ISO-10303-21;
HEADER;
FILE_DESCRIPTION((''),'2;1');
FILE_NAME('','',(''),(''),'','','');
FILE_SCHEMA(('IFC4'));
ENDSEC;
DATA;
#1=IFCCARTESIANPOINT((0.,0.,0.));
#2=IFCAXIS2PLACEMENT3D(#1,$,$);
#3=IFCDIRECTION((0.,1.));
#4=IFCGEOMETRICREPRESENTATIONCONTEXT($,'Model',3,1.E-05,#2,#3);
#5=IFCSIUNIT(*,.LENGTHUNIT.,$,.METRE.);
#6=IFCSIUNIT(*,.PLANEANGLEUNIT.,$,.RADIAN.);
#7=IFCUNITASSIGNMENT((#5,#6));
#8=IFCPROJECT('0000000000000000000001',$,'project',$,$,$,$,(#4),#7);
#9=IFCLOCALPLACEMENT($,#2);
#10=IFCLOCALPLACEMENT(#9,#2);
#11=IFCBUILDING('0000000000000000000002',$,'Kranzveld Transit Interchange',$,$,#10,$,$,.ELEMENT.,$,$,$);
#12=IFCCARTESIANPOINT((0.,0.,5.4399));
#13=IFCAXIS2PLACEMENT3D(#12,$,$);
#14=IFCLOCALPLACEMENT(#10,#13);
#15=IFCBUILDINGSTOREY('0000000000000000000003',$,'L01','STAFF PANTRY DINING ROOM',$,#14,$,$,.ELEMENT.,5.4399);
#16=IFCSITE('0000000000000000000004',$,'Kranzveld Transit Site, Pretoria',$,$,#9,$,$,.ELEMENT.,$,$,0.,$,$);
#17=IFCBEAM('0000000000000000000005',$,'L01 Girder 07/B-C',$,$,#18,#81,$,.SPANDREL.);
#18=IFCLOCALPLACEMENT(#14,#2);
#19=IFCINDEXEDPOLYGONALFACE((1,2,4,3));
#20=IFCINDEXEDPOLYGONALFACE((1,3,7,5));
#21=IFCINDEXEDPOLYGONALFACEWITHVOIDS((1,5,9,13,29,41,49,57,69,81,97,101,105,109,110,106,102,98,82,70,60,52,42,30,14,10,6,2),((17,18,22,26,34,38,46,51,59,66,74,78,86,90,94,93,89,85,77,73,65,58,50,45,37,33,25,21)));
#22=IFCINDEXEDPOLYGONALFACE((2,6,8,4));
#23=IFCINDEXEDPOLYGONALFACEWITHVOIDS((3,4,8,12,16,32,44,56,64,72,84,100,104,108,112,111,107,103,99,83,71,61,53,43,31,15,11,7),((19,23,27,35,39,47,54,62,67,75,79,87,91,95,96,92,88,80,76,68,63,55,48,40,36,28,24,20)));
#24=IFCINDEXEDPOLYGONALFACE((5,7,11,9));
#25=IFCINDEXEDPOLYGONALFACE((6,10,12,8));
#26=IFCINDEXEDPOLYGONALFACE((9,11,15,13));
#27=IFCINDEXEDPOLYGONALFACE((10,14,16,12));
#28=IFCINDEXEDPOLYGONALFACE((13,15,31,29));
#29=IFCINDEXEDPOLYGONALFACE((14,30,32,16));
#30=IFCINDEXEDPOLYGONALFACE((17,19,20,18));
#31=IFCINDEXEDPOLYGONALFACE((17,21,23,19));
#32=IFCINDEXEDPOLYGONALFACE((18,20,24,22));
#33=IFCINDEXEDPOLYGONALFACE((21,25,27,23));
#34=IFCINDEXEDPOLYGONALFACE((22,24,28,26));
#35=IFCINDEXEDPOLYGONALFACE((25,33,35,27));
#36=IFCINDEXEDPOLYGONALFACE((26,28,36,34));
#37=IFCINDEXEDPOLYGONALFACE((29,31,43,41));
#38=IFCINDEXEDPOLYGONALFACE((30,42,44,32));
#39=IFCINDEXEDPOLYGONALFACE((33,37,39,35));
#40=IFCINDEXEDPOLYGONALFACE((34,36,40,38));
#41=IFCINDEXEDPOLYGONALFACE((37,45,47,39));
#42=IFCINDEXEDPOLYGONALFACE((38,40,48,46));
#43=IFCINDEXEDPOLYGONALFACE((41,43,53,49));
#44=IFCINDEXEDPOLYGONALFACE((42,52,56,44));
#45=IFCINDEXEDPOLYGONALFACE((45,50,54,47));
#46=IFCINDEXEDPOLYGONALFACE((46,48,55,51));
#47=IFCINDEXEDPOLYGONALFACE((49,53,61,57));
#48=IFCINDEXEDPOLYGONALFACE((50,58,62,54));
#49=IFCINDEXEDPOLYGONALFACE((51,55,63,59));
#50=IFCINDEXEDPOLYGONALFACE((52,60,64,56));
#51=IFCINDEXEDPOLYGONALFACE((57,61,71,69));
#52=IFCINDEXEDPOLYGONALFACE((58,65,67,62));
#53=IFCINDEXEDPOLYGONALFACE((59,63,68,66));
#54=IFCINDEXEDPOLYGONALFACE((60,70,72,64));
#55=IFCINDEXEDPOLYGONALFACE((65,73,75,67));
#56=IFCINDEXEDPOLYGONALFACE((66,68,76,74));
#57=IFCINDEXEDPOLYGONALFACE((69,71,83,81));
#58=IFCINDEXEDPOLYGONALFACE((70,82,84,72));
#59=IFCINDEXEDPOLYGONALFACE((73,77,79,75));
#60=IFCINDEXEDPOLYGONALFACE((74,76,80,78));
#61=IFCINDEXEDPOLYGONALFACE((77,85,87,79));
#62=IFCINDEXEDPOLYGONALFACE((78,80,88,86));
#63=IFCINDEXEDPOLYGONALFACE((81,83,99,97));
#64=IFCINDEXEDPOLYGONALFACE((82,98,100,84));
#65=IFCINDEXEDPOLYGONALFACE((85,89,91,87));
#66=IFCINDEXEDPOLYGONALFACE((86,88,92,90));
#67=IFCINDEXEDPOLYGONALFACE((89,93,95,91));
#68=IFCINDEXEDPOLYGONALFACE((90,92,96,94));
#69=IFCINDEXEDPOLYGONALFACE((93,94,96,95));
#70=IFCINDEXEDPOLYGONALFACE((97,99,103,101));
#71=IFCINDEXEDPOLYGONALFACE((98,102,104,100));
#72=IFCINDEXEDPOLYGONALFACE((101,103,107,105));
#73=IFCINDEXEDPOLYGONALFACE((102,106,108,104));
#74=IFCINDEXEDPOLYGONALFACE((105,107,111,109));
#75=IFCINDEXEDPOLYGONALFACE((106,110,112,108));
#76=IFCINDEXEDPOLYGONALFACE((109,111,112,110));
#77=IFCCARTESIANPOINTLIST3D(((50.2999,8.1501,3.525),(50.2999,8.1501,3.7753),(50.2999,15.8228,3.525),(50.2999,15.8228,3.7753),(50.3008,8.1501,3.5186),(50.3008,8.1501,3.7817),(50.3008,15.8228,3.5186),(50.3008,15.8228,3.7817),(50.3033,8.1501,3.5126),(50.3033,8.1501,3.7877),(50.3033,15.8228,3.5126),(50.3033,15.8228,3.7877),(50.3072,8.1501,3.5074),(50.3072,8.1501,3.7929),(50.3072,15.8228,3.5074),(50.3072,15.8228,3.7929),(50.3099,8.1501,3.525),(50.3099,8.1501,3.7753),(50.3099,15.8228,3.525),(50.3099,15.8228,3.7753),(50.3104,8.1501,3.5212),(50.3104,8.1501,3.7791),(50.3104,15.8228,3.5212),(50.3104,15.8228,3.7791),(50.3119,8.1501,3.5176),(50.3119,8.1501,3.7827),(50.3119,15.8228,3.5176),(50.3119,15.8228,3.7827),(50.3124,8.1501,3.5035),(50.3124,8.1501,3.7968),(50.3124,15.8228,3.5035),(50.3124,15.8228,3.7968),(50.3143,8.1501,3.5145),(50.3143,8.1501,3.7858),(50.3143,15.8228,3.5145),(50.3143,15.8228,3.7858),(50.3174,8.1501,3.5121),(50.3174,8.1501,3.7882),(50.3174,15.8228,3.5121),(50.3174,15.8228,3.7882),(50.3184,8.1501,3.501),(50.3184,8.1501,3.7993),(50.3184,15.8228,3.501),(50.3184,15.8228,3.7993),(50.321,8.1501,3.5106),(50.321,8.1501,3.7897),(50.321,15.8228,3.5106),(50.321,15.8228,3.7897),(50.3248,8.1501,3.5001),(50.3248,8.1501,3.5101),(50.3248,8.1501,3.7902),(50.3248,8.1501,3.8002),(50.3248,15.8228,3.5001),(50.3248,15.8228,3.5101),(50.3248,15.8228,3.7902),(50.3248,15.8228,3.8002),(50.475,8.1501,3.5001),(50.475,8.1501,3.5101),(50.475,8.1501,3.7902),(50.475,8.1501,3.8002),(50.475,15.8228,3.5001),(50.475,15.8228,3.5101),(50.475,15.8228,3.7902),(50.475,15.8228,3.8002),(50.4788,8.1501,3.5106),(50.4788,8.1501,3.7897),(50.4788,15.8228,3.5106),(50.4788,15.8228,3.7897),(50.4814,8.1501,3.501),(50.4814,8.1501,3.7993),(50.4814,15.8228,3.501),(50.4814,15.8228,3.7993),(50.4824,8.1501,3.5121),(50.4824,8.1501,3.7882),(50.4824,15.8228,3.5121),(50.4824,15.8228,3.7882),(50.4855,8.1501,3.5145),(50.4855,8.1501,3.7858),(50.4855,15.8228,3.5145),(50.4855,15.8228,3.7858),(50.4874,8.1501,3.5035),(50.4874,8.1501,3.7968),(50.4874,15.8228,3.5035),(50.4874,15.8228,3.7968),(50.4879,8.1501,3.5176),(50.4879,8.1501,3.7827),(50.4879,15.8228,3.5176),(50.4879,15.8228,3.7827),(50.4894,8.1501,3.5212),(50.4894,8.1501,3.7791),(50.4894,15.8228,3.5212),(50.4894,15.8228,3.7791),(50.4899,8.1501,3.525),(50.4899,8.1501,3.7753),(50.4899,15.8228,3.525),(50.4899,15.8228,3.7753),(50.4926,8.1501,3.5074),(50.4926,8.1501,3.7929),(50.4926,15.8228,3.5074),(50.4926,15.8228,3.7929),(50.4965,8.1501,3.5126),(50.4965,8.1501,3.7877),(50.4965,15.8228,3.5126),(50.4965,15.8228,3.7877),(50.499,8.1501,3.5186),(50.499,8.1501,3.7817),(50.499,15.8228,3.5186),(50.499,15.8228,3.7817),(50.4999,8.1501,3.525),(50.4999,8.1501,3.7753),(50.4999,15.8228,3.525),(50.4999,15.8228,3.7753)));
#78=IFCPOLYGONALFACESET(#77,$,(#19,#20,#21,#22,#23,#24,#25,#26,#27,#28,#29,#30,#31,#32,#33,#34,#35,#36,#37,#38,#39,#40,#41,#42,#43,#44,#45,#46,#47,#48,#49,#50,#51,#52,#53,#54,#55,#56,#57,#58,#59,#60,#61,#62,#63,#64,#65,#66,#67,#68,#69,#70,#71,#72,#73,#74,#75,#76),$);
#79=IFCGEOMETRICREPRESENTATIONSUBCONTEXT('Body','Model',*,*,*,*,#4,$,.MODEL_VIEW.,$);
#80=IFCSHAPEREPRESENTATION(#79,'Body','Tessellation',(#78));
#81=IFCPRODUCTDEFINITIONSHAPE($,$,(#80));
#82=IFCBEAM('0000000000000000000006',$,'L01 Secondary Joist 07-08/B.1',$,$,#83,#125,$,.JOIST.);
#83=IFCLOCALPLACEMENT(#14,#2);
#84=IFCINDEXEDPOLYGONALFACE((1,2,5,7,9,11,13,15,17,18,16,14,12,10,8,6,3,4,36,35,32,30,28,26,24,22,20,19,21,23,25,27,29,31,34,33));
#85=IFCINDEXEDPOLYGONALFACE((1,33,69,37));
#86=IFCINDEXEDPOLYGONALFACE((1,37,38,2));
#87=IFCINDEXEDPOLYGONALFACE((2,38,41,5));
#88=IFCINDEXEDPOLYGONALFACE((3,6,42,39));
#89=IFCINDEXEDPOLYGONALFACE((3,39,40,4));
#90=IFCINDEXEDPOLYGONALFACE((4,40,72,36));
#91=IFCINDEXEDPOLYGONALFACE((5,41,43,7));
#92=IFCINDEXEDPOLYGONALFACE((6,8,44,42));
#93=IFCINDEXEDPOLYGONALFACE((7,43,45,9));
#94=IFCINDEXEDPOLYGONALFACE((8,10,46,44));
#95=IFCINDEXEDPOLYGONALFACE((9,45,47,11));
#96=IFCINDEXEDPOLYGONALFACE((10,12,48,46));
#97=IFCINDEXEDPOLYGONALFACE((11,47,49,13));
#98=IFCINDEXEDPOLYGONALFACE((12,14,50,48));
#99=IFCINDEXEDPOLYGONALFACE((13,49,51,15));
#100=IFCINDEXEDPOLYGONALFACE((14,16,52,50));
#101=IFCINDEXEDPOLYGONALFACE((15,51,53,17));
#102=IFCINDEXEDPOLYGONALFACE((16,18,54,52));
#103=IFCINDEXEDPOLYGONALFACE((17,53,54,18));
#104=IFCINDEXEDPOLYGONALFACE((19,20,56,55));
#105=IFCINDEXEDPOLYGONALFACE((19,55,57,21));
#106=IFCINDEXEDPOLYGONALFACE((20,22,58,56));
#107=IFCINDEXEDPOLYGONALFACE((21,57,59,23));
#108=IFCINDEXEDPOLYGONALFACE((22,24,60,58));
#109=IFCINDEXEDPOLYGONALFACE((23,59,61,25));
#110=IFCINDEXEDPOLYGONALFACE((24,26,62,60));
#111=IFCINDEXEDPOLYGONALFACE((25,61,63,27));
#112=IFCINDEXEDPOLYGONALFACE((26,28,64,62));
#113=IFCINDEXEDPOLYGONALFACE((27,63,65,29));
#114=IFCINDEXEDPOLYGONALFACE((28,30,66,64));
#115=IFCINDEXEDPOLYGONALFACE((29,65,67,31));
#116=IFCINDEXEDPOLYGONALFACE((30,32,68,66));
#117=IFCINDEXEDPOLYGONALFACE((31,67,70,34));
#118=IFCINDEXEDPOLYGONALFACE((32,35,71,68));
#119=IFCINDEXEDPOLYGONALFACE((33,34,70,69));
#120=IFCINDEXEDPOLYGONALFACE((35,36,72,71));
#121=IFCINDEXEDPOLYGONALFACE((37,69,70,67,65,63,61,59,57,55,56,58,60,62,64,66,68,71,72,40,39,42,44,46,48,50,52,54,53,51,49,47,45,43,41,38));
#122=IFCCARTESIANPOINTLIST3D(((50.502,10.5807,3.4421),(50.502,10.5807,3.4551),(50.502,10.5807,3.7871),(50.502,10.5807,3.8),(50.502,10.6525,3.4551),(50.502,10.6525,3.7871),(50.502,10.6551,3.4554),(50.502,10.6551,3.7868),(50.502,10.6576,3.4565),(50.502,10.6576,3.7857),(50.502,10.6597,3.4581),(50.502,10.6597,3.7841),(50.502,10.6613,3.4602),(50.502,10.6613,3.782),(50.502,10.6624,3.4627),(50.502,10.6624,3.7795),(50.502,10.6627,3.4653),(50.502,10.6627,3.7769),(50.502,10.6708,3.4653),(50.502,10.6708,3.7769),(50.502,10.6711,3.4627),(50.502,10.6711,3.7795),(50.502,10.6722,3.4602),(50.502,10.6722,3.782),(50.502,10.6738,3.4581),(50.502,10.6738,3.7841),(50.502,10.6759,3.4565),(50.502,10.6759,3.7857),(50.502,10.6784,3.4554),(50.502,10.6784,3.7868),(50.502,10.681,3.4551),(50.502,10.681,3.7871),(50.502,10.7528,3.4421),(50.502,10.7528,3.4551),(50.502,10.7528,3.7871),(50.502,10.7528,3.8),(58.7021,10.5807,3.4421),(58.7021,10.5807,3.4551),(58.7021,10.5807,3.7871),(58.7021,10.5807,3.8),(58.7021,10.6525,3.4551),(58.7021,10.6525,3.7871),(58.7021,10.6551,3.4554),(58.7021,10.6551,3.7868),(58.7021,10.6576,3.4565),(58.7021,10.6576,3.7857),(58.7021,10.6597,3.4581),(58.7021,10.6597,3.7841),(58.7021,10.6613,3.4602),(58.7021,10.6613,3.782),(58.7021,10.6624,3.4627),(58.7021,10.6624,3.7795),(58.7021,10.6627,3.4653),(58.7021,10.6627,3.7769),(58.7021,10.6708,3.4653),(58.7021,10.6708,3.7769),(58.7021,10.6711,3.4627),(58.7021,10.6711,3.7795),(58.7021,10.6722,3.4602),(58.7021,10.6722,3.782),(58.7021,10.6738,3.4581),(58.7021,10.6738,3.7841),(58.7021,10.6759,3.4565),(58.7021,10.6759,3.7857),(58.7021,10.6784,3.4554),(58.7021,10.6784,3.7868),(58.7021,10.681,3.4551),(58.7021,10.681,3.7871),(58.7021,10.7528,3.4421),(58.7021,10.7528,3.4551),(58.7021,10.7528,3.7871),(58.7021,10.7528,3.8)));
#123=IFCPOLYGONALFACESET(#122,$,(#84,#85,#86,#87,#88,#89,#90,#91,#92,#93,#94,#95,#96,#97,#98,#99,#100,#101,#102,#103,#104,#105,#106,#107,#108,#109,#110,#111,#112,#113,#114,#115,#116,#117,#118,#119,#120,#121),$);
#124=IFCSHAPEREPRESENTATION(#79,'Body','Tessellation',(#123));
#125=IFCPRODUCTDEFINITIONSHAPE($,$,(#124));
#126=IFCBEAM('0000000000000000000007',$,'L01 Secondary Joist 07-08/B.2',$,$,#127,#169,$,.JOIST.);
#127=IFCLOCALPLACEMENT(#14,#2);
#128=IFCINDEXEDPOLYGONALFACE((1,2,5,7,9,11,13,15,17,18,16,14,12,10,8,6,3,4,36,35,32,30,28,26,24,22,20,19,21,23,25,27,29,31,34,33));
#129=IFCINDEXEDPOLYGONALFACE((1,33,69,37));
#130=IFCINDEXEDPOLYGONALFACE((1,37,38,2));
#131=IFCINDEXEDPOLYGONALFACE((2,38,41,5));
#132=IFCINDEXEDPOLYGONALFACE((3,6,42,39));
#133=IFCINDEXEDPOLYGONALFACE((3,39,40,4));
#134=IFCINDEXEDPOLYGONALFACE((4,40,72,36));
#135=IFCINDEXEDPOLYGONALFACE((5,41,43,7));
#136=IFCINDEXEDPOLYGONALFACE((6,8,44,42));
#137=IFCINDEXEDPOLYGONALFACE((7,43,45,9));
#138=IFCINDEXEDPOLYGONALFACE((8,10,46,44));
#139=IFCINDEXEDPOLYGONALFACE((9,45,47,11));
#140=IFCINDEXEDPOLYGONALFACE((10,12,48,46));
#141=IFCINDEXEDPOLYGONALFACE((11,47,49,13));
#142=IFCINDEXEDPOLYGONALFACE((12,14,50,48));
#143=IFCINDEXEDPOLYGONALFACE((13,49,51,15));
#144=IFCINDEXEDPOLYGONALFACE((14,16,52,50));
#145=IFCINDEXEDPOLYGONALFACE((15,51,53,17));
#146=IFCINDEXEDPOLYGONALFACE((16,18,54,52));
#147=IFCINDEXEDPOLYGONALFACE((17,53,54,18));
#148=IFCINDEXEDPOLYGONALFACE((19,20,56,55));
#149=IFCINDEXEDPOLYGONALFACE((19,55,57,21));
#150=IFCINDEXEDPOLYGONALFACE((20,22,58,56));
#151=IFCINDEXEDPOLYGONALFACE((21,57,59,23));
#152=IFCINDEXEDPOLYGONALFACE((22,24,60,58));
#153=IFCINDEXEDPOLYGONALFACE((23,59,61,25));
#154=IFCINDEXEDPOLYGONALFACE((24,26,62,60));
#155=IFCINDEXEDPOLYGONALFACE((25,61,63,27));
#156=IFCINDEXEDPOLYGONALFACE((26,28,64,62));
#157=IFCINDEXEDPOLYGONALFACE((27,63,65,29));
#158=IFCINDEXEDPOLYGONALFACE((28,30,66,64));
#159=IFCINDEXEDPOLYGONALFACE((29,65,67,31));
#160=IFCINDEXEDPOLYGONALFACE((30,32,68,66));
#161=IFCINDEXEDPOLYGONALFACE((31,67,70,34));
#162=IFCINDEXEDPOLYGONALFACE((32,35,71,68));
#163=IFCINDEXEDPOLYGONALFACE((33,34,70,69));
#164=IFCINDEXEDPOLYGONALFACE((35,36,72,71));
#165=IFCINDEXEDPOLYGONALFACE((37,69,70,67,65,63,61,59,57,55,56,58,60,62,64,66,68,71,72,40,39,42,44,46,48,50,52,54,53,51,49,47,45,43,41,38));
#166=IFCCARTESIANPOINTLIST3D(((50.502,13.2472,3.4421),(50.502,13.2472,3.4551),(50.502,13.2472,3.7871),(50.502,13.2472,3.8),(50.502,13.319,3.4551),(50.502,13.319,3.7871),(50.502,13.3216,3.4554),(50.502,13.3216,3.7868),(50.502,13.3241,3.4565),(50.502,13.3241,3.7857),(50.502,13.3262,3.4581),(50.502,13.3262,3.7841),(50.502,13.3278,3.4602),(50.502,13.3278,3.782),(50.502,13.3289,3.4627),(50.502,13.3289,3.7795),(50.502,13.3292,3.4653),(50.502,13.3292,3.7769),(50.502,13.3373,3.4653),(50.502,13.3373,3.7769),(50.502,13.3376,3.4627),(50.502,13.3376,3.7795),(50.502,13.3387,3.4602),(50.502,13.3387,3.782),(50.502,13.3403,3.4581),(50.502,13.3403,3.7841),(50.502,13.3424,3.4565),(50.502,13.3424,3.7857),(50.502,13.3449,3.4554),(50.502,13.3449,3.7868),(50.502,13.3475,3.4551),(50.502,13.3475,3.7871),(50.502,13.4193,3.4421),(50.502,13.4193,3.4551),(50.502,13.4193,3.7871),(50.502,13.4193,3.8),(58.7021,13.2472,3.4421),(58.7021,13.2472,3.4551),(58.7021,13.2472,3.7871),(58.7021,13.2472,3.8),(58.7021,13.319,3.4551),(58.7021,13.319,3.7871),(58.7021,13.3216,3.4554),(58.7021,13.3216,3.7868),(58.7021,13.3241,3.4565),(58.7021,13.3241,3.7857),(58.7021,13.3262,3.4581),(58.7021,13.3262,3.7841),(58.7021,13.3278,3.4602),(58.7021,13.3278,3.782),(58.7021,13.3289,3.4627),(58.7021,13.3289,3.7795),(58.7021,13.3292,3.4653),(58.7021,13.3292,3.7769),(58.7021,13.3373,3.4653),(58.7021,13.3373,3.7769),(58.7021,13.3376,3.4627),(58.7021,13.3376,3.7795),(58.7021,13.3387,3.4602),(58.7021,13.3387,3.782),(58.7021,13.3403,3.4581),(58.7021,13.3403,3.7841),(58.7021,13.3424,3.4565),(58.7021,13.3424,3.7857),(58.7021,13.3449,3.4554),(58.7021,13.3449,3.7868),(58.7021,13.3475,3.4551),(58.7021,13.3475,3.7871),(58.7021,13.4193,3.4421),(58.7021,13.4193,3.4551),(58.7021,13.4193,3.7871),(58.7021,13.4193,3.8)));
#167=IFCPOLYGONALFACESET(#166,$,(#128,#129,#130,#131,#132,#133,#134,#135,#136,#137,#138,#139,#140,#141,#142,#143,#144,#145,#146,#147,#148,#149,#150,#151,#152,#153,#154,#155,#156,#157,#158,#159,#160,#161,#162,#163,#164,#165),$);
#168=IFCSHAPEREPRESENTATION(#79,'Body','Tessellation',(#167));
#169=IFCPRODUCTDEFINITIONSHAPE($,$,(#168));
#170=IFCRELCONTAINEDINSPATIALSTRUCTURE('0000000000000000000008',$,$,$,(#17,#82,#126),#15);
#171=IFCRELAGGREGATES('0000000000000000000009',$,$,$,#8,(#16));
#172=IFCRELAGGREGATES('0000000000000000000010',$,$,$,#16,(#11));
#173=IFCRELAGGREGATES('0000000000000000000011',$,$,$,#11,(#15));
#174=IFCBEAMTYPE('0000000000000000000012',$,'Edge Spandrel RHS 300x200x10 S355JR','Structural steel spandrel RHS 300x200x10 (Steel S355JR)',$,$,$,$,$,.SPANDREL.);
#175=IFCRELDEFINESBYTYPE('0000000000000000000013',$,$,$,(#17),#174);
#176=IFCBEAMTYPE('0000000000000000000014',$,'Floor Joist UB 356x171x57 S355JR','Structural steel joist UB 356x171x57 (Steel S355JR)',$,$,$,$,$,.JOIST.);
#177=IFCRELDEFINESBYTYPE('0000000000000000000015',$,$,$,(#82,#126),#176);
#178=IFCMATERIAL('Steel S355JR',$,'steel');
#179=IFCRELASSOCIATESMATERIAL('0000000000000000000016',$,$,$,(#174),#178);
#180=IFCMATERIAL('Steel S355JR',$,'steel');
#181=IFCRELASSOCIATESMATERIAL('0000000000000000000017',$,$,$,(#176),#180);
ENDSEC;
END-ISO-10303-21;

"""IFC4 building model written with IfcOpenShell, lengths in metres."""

from ifc_helpers import new_model, si_unit, direction, frame, origin, origin_2d, place, context, subcontext, project, spatial, hollow_rectangle, i_section, extrude, material, material_profile, profile_set, type_object, element, save


model = new_model("IFC4")

# Units and contexts
model_context = context("Model", 3, precision=1e-05, world=origin(), true_north=direction((0.0, 1.0)))
body_context = subcontext(model_context, "Body", "Model", "MODEL_VIEW")
ifc_project = project(units=[si_unit("LENGTHUNIT", "METRE"), si_unit("PLANEANGLEUNIT", "RADIAN")], contexts=[model_context])

# Site, building, storey
site_placement = place(None, origin())
site = spatial("IfcSite", under=ifc_project, at=site_placement, Name="Kranzveld Transit Site, Pretoria", CompositionType="ELEMENT", RefElevation=0.0)
building_placement = place(site_placement, origin())
building = spatial("IfcBuilding", under=site, at=building_placement, Name="Kranzveld Transit Interchange", CompositionType="ELEMENT")
storey_placement = place(building_placement, frame((0.0, 0.0, 5.4399)))
storey = spatial("IfcBuildingStorey", under=building, at=storey_placement, Name="L01", Description="STAFF PANTRY DINING ROOM", CompositionType="ELEMENT", Elevation=5.4399)

# Beams
ifc_material_1 = material(Name="Steel S355JR", Category="steel")
ifc_material_profile_1 = material_profile(ifc_material_1, hollow_rectangle(XDim=0.2, YDim=0.3, WallThickness=0.01, InnerFilletRadius=0.0149, OuterFilletRadius=0.0249, at=origin_2d()), Name="RHS 300x200x10")
ifc_profile_set_1 = profile_set([ifc_material_profile_1], Name="Steel S355JR")
beam_type_1 = type_object("IfcBeamType", Name="Edge Spandrel RHS 300x200x10 S355JR", Description="Structural steel spandrel RHS 300x200x10 (Steel S355JR)", PredefinedType="SPANDREL", material=ifc_profile_set_1)
beam_1_placement = place(storey_placement, frame((50.3999, 8.1501, 3.6501), z_axis=(0.0, 1.0, 0.0), x_axis=(-1.0, 0.0, 0.0)))
element("IfcBeam", 1, at=beam_1_placement, inside=storey, type_object=beam_type_1, Name="L01 Girder 07/B-C", PredefinedType="SPANDREL", context=body_context, shape_type="SweptSolid", body=[
    extrude(hollow_rectangle(XDim=0.2, YDim=0.3, WallThickness=0.01, InnerFilletRadius=0.0149, OuterFilletRadius=0.0249, at=origin_2d()), origin(), (0.0, 0.0, 1.0), 7.6726),
])
ifc_material_2 = material(Name="Steel S355JR", Category="steel")
ifc_material_profile_2 = material_profile(ifc_material_2, i_section(OverallWidth=0.1721, OverallDepth=0.3579, WebThickness=0.0081, FlangeThickness=0.0129, FilletRadius=0.0103, at=origin_2d()), Name="UB 356x171x57")
ifc_profile_set_2 = profile_set([ifc_material_profile_2], Name="Steel S355JR")
beam_type_2 = type_object("IfcBeamType", Name="Floor Joist UB 356x171x57 S355JR", Description="Structural steel joist UB 356x171x57 (Steel S355JR)", PredefinedType="JOIST", material=ifc_profile_set_2)
for number, where, z_axis, x_axis, name in (
    (2, (50.502, 10.6667, 3.6211), (1.0, 0.0, 0.0), (0.0, 1.0, 0.0), "L01 Secondary Joist 07-08/B.1"),
    (3, (50.502, 13.3333, 3.6211), (1.0, 0.0, 0.0), (0.0, 1.0, 0.0), "L01 Secondary Joist 07-08/B.2"),
):
    element("IfcBeam", number, at=place(storey_placement, frame(where, z_axis=z_axis, x_axis=x_axis)), inside=storey, type_object=beam_type_2, Name=name, PredefinedType="JOIST", context=body_context, shape_type="SweptSolid", body=[
        extrude(i_section(OverallWidth=0.1721, OverallDepth=0.3579, WebThickness=0.0081, FlangeThickness=0.0129, FilletRadius=0.0103, at=origin_2d()), origin(), (0.0, 0.0, 1.0), 8.2002),
    ])

save(model, "model.ifc")
